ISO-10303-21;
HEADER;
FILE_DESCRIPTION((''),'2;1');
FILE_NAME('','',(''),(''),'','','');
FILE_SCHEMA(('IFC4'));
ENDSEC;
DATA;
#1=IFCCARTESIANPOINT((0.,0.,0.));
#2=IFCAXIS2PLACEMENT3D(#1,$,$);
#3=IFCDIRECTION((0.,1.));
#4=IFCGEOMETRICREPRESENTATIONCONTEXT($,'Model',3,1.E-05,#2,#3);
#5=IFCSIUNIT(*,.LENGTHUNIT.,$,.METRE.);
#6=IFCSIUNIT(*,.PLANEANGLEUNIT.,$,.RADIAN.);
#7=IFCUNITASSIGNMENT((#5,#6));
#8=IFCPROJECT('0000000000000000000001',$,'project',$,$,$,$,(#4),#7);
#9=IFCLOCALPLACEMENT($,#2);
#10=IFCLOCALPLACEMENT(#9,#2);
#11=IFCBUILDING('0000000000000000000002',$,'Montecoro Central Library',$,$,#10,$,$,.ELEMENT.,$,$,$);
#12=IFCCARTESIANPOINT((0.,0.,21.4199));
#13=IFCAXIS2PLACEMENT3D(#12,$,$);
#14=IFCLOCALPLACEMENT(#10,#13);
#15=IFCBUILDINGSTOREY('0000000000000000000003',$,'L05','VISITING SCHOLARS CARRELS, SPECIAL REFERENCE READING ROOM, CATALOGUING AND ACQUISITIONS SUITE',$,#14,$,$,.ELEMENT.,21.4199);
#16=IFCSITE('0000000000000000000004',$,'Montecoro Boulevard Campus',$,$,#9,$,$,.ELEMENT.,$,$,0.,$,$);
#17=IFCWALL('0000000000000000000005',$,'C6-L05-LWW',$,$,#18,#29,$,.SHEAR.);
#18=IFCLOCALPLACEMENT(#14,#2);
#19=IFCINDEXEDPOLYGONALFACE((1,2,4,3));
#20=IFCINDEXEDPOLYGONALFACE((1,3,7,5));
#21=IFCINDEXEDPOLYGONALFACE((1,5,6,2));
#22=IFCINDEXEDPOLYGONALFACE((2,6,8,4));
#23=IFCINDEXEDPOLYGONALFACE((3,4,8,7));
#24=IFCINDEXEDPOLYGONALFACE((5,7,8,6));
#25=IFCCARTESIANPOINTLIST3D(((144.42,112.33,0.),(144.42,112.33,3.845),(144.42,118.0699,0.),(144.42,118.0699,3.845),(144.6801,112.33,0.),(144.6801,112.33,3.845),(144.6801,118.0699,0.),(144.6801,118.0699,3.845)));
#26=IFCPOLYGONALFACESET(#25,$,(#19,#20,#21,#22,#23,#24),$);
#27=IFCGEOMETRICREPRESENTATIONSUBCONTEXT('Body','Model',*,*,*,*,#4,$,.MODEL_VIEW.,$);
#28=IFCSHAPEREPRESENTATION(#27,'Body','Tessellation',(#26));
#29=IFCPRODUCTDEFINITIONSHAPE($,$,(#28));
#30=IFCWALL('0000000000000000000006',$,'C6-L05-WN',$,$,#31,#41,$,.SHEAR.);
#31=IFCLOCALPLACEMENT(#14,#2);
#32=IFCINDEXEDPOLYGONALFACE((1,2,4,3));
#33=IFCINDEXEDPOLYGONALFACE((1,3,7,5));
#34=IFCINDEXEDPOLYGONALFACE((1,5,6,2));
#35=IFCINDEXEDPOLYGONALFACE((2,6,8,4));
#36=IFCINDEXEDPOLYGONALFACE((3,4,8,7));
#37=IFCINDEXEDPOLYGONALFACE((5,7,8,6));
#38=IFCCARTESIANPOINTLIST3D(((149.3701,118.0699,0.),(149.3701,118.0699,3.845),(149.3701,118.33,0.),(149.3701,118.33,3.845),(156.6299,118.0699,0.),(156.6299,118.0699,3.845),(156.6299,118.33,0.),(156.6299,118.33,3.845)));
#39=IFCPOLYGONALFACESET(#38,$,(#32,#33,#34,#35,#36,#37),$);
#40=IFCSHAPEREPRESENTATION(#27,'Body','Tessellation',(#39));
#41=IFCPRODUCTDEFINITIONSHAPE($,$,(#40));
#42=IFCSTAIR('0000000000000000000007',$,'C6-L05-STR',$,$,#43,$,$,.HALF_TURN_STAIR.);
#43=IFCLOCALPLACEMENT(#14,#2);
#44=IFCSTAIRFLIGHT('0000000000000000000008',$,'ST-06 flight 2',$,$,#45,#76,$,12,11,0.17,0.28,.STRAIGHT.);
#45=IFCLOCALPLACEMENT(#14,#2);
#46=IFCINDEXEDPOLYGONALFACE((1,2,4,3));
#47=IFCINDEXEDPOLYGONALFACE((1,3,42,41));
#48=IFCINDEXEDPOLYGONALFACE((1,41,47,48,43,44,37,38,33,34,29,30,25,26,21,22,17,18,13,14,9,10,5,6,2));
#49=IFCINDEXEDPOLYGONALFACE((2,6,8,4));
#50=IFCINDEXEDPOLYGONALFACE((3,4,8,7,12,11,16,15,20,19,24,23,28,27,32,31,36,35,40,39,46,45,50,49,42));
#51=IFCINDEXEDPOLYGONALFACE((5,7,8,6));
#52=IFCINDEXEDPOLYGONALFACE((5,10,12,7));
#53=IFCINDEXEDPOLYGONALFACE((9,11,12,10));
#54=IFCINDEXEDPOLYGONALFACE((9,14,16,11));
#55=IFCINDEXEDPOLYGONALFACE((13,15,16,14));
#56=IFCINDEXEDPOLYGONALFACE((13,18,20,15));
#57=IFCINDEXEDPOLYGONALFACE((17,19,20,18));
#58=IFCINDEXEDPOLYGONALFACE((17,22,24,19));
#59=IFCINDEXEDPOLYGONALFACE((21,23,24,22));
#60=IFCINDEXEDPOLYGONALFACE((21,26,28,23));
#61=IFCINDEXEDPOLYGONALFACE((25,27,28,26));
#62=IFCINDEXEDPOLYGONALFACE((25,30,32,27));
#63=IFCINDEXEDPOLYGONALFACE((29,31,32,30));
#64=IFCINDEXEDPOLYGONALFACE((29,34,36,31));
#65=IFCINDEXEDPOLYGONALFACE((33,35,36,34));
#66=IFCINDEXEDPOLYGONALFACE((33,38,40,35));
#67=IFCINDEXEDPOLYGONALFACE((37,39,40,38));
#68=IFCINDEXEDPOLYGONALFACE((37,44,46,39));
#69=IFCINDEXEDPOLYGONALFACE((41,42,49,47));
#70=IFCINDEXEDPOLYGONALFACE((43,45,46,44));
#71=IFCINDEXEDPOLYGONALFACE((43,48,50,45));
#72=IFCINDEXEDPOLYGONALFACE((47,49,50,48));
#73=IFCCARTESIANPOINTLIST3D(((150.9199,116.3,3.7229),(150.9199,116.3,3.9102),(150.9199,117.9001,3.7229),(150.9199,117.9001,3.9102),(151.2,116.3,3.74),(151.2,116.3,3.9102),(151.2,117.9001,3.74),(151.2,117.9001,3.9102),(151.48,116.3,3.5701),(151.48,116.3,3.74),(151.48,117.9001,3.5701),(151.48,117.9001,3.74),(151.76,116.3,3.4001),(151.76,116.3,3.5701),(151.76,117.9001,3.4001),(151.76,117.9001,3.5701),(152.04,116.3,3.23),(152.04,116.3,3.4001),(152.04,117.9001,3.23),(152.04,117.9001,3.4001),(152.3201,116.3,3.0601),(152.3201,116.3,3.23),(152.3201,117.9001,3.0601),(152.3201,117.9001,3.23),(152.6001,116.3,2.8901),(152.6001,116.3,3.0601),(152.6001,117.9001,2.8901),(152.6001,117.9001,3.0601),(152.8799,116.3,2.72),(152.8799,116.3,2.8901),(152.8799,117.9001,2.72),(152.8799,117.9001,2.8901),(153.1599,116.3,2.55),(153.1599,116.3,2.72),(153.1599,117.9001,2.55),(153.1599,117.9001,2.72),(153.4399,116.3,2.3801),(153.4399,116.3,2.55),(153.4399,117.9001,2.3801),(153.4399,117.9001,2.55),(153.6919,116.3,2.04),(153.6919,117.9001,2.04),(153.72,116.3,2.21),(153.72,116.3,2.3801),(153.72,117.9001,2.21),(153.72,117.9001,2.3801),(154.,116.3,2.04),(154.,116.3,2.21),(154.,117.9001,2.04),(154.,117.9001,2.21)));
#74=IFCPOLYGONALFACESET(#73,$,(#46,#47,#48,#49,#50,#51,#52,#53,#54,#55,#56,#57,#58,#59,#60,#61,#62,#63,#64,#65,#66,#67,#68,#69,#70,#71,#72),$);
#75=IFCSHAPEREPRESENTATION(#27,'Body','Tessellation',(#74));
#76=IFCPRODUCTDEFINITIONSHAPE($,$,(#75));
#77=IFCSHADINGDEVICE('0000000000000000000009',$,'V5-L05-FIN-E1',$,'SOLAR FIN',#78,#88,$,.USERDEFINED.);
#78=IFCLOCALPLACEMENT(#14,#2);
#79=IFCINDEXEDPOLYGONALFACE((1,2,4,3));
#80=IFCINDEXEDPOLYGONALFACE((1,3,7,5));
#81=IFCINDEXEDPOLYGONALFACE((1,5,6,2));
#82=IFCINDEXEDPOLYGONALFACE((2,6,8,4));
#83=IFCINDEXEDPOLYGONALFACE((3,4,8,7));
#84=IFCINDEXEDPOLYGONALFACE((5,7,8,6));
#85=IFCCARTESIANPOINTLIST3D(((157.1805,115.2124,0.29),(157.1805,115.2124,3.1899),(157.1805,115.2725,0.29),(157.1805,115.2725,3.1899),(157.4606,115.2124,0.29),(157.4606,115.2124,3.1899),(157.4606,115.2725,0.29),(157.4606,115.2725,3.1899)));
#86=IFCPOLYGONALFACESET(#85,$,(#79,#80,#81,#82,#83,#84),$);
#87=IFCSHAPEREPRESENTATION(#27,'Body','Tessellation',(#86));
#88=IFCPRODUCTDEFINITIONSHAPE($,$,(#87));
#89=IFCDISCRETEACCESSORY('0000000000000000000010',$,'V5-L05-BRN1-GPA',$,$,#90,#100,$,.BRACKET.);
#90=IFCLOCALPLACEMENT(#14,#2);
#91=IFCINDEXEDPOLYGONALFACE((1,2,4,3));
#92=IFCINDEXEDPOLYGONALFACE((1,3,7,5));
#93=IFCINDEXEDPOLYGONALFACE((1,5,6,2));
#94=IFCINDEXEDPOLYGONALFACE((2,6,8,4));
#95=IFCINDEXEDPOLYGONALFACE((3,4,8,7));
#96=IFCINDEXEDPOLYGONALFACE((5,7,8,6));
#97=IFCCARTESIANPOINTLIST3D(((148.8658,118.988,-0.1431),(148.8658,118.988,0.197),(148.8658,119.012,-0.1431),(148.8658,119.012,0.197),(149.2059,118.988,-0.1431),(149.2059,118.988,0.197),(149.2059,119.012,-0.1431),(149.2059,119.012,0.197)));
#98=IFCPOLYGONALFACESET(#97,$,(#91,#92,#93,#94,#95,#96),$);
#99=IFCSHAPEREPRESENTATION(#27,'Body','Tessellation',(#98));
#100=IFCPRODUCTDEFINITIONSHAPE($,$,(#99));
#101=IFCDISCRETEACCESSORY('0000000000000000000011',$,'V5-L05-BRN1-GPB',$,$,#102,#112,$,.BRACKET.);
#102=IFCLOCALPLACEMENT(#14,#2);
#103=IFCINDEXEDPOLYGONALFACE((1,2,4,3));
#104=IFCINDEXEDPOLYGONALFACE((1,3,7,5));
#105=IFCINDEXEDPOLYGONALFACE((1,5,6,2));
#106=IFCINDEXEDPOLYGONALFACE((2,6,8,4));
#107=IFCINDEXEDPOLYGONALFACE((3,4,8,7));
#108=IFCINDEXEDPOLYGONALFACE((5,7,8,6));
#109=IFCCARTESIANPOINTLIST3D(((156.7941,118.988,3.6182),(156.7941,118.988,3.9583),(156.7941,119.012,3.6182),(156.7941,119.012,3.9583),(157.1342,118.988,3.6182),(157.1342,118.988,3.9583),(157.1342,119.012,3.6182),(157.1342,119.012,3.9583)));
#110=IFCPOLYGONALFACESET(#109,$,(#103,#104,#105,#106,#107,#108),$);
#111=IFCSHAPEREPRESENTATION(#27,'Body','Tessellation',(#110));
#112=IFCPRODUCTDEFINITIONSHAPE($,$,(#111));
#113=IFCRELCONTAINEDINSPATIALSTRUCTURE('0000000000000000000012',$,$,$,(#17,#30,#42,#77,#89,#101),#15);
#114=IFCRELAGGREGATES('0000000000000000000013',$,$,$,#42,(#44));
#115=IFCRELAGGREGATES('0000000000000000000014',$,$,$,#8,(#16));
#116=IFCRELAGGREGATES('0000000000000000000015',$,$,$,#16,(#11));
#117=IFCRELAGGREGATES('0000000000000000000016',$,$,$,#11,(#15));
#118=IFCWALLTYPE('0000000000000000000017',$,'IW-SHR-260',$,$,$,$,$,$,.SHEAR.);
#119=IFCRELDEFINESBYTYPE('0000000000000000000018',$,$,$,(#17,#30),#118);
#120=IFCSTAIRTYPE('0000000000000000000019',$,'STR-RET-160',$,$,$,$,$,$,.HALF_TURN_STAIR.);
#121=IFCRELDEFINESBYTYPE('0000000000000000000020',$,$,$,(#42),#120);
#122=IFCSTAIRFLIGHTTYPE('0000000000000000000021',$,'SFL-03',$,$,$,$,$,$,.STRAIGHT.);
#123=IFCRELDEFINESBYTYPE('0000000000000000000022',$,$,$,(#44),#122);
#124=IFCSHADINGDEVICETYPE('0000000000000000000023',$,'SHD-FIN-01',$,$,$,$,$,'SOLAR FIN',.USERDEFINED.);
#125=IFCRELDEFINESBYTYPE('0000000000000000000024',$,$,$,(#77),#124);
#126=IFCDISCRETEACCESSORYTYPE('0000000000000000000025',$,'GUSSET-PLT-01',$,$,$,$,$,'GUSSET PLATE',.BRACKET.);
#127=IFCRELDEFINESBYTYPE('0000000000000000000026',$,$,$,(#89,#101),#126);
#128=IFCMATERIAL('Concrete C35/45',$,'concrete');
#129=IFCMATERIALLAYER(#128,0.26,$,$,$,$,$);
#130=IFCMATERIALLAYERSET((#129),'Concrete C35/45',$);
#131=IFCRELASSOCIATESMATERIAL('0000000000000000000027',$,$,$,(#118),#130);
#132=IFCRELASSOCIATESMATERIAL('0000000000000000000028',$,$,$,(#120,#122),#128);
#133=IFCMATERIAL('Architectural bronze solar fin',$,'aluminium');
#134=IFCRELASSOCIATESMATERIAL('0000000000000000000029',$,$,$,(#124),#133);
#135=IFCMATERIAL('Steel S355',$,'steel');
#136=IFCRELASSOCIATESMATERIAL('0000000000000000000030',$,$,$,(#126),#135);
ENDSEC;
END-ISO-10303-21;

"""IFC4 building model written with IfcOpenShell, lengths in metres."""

from ifc_helpers import new_model, si_unit, direction, frame, frame_2d, origin, origin_2d, place, context, subcontext, project, spatial, polyline, rectangle, outline, extrude, material, layer, layer_set, type_object, element, aggregate, save


model = new_model("IFC4")

# Units and contexts
model_context = context("Model", 3, precision=1e-05, world=origin(), true_north=direction((0.0, 1.0)))
body_context = subcontext(model_context, "Body", "Model", "MODEL_VIEW")
ifc_project = project(units=[si_unit("LENGTHUNIT", "METRE"), si_unit("PLANEANGLEUNIT", "RADIAN")], contexts=[model_context])

# Site, building, storey
site_placement = place(None, origin())
site = spatial("IfcSite", under=ifc_project, at=site_placement, Name="Montecoro Boulevard Campus", CompositionType="ELEMENT", RefElevation=0.0)
building_placement = place(site_placement, origin())
building = spatial("IfcBuilding", under=site, at=building_placement, Name="Montecoro Central Library", CompositionType="ELEMENT")
storey_placement = place(building_placement, frame((0.0, 0.0, 21.4199)))
storey = spatial("IfcBuildingStorey", under=building, at=storey_placement, Name="L05", Description="VISITING SCHOLARS CARRELS, SPECIAL REFERENCE READING ROOM, CATALOGUING AND ACQUISITIONS SUITE", CompositionType="ELEMENT", Elevation=21.4199)

# Shared definitions
ifc_material_1 = material(Name="Steel S355", Category="steel")

# Walls
ifc_material_2 = material(Name="Concrete C35/45", Category="concrete")
ifc_layer_1 = layer(ifc_material_2, 0.26)
ifc_layer_set_1 = layer_set([ifc_layer_1], Name="Concrete C35/45")
wall_type_1 = type_object("IfcWallType", Name="IW-SHR-260", PredefinedType="SHEAR", material=ifc_layer_set_1)
wall_1_placement = place(storey_placement, frame((144.55, 118.0701, 0.0), z_axis=(0.0, 0.0, 1.0), x_axis=(0.0, -1.0, 0.0)))
element("IfcWall", 1, at=wall_1_placement, inside=storey, type_object=wall_type_1, Name="C6-L05-LWW", PredefinedType="SHEAR", context=body_context, shape_type="SweptSolid", body=[
    extrude(rectangle(XDim=5.74, YDim=0.26, at=frame_2d((2.8701, 0.0))), origin(), (0.0, 0.0, 1.0), 3.845),
])
wall_2_placement = place(storey_placement, frame((149.3701, 118.2, 0.0), z_axis=(0.0, 0.0, 1.0), x_axis=(1.0, 0.0, 0.0)))
element("IfcWall", 2, at=wall_2_placement, inside=storey, type_object=wall_type_1, Name="C6-L05-WN", PredefinedType="SHEAR", context=body_context, shape_type="SweptSolid", body=[
    extrude(rectangle(XDim=7.2598, YDim=0.26, at=frame_2d((3.6299, 0.0))), origin(), (0.0, 0.0, 1.0), 3.845),
])

# Stair, stair flight
stair_type = type_object("IfcStairType", Name="STR-RET-160", PredefinedType="HALF_TURN_STAIR", material=ifc_material_2)
stair_placement = place(storey_placement, origin())
stair = element("IfcStair", 3, at=stair_placement, inside=storey, type_object=stair_type, Name="C6-L05-STR", PredefinedType="HALF_TURN_STAIR")
stair_flight_type = type_object("IfcStairFlightType", Name="SFL-03", PredefinedType="STRAIGHT", material=ifc_material_2)
stair_flight_placement = place(storey_placement, frame((154.0, 117.1001, 2.04), z_axis=(0.0, 0.0, 1.0), x_axis=(-1.0, 0.0, 0.0)))
stair_flight = element("IfcStairFlight", 4, at=stair_flight_placement, type_object=stair_flight_type, Name="ST-06 flight 2", NumberOfRisers=12, NumberOfTreads=11, PredefinedType="STRAIGHT", RiserHeight=0.17, TreadLength=0.28, context=body_context, shape_type="SweptSolid", body=[
    extrude(outline(polyline([(0.0, 0.0), (0.0, 0.1699), (0.28, 0.1699), (0.28, 0.3401), (0.5601, 0.3401), (0.5601, 0.51), (0.8401, 0.51), (0.8401, 0.6799), (1.1201, 0.6799), (1.1201, 0.8501), (1.3999, 0.8501), (1.3999, 1.02), (1.6799, 1.02), (1.6799, 1.1899), (1.96, 1.1899), (1.96, 1.3601), (2.24, 1.3601), (2.24, 1.53), (2.52, 1.53), (2.52, 1.7), (2.8, 1.7), (2.8, 1.8701), (3.0801, 1.8701), (3.0801, 2.04), (3.0801, 1.6829), (0.3081, 0.0), (0.0, 0.0)])), frame((0.0, 0.8, 0.0), z_axis=(0.0, -1.0, 0.0), x_axis=(1.0, 0.0, 0.0)), (0.0, 0.0, 1.0), 1.6001),
])
aggregate(stair, [stair_flight])

# Shading device
ifc_material_3 = material(Name="Architectural bronze solar fin", Category="aluminium")
shading_device_type = type_object("IfcShadingDeviceType", Name="SHD-FIN-01", ElementType="SOLAR FIN", PredefinedType="USERDEFINED", material=ifc_material_3)
shading_device_placement = place(storey_placement, frame((157.3206, 115.2424, 0.29), z_axis=(0.0, 0.0, 1.0), x_axis=(0.0, 1.0, 0.0)))
element("IfcShadingDevice", 5, at=shading_device_placement, inside=storey, type_object=shading_device_type, Name="V5-L05-FIN-E1", ObjectType="SOLAR FIN", PredefinedType="USERDEFINED", context=body_context, shape_type="SweptSolid", body=[
    extrude(rectangle(XDim=0.0601, YDim=0.28, at=origin_2d()), origin(), (0.0, 0.0, 1.0), 2.8999),
])

# Discrete accessories
discrete_accessory_type = type_object("IfcDiscreteAccessoryType", Name="GUSSET-PLT-01", ElementType="GUSSET PLATE", PredefinedType="BRACKET", material=ifc_material_1)
for number, where, z_axis, x_axis, name in (
    (6, (149.0359, 119.0, -0.1431), (0.0, 0.0, 1.0), (1.0, 0.0, 0.0), "V5-L05-BRN1-GPA"),
    (7, (156.9641, 119.0, 3.6182), (0.0, 0.0, 1.0), (1.0, 0.0, 0.0), "V5-L05-BRN1-GPB"),
):
    element("IfcDiscreteAccessory", number, at=place(storey_placement, frame(where, z_axis=z_axis, x_axis=x_axis)), inside=storey, type_object=discrete_accessory_type, Name=name, PredefinedType="BRACKET", context=body_context, shape_type="SweptSolid", body=[
        extrude(rectangle(XDim=0.3401, YDim=0.0239, at=origin_2d()), origin(), (0.0, 0.0, 1.0), 0.3401),
    ])

save(model, "model.ifc")
